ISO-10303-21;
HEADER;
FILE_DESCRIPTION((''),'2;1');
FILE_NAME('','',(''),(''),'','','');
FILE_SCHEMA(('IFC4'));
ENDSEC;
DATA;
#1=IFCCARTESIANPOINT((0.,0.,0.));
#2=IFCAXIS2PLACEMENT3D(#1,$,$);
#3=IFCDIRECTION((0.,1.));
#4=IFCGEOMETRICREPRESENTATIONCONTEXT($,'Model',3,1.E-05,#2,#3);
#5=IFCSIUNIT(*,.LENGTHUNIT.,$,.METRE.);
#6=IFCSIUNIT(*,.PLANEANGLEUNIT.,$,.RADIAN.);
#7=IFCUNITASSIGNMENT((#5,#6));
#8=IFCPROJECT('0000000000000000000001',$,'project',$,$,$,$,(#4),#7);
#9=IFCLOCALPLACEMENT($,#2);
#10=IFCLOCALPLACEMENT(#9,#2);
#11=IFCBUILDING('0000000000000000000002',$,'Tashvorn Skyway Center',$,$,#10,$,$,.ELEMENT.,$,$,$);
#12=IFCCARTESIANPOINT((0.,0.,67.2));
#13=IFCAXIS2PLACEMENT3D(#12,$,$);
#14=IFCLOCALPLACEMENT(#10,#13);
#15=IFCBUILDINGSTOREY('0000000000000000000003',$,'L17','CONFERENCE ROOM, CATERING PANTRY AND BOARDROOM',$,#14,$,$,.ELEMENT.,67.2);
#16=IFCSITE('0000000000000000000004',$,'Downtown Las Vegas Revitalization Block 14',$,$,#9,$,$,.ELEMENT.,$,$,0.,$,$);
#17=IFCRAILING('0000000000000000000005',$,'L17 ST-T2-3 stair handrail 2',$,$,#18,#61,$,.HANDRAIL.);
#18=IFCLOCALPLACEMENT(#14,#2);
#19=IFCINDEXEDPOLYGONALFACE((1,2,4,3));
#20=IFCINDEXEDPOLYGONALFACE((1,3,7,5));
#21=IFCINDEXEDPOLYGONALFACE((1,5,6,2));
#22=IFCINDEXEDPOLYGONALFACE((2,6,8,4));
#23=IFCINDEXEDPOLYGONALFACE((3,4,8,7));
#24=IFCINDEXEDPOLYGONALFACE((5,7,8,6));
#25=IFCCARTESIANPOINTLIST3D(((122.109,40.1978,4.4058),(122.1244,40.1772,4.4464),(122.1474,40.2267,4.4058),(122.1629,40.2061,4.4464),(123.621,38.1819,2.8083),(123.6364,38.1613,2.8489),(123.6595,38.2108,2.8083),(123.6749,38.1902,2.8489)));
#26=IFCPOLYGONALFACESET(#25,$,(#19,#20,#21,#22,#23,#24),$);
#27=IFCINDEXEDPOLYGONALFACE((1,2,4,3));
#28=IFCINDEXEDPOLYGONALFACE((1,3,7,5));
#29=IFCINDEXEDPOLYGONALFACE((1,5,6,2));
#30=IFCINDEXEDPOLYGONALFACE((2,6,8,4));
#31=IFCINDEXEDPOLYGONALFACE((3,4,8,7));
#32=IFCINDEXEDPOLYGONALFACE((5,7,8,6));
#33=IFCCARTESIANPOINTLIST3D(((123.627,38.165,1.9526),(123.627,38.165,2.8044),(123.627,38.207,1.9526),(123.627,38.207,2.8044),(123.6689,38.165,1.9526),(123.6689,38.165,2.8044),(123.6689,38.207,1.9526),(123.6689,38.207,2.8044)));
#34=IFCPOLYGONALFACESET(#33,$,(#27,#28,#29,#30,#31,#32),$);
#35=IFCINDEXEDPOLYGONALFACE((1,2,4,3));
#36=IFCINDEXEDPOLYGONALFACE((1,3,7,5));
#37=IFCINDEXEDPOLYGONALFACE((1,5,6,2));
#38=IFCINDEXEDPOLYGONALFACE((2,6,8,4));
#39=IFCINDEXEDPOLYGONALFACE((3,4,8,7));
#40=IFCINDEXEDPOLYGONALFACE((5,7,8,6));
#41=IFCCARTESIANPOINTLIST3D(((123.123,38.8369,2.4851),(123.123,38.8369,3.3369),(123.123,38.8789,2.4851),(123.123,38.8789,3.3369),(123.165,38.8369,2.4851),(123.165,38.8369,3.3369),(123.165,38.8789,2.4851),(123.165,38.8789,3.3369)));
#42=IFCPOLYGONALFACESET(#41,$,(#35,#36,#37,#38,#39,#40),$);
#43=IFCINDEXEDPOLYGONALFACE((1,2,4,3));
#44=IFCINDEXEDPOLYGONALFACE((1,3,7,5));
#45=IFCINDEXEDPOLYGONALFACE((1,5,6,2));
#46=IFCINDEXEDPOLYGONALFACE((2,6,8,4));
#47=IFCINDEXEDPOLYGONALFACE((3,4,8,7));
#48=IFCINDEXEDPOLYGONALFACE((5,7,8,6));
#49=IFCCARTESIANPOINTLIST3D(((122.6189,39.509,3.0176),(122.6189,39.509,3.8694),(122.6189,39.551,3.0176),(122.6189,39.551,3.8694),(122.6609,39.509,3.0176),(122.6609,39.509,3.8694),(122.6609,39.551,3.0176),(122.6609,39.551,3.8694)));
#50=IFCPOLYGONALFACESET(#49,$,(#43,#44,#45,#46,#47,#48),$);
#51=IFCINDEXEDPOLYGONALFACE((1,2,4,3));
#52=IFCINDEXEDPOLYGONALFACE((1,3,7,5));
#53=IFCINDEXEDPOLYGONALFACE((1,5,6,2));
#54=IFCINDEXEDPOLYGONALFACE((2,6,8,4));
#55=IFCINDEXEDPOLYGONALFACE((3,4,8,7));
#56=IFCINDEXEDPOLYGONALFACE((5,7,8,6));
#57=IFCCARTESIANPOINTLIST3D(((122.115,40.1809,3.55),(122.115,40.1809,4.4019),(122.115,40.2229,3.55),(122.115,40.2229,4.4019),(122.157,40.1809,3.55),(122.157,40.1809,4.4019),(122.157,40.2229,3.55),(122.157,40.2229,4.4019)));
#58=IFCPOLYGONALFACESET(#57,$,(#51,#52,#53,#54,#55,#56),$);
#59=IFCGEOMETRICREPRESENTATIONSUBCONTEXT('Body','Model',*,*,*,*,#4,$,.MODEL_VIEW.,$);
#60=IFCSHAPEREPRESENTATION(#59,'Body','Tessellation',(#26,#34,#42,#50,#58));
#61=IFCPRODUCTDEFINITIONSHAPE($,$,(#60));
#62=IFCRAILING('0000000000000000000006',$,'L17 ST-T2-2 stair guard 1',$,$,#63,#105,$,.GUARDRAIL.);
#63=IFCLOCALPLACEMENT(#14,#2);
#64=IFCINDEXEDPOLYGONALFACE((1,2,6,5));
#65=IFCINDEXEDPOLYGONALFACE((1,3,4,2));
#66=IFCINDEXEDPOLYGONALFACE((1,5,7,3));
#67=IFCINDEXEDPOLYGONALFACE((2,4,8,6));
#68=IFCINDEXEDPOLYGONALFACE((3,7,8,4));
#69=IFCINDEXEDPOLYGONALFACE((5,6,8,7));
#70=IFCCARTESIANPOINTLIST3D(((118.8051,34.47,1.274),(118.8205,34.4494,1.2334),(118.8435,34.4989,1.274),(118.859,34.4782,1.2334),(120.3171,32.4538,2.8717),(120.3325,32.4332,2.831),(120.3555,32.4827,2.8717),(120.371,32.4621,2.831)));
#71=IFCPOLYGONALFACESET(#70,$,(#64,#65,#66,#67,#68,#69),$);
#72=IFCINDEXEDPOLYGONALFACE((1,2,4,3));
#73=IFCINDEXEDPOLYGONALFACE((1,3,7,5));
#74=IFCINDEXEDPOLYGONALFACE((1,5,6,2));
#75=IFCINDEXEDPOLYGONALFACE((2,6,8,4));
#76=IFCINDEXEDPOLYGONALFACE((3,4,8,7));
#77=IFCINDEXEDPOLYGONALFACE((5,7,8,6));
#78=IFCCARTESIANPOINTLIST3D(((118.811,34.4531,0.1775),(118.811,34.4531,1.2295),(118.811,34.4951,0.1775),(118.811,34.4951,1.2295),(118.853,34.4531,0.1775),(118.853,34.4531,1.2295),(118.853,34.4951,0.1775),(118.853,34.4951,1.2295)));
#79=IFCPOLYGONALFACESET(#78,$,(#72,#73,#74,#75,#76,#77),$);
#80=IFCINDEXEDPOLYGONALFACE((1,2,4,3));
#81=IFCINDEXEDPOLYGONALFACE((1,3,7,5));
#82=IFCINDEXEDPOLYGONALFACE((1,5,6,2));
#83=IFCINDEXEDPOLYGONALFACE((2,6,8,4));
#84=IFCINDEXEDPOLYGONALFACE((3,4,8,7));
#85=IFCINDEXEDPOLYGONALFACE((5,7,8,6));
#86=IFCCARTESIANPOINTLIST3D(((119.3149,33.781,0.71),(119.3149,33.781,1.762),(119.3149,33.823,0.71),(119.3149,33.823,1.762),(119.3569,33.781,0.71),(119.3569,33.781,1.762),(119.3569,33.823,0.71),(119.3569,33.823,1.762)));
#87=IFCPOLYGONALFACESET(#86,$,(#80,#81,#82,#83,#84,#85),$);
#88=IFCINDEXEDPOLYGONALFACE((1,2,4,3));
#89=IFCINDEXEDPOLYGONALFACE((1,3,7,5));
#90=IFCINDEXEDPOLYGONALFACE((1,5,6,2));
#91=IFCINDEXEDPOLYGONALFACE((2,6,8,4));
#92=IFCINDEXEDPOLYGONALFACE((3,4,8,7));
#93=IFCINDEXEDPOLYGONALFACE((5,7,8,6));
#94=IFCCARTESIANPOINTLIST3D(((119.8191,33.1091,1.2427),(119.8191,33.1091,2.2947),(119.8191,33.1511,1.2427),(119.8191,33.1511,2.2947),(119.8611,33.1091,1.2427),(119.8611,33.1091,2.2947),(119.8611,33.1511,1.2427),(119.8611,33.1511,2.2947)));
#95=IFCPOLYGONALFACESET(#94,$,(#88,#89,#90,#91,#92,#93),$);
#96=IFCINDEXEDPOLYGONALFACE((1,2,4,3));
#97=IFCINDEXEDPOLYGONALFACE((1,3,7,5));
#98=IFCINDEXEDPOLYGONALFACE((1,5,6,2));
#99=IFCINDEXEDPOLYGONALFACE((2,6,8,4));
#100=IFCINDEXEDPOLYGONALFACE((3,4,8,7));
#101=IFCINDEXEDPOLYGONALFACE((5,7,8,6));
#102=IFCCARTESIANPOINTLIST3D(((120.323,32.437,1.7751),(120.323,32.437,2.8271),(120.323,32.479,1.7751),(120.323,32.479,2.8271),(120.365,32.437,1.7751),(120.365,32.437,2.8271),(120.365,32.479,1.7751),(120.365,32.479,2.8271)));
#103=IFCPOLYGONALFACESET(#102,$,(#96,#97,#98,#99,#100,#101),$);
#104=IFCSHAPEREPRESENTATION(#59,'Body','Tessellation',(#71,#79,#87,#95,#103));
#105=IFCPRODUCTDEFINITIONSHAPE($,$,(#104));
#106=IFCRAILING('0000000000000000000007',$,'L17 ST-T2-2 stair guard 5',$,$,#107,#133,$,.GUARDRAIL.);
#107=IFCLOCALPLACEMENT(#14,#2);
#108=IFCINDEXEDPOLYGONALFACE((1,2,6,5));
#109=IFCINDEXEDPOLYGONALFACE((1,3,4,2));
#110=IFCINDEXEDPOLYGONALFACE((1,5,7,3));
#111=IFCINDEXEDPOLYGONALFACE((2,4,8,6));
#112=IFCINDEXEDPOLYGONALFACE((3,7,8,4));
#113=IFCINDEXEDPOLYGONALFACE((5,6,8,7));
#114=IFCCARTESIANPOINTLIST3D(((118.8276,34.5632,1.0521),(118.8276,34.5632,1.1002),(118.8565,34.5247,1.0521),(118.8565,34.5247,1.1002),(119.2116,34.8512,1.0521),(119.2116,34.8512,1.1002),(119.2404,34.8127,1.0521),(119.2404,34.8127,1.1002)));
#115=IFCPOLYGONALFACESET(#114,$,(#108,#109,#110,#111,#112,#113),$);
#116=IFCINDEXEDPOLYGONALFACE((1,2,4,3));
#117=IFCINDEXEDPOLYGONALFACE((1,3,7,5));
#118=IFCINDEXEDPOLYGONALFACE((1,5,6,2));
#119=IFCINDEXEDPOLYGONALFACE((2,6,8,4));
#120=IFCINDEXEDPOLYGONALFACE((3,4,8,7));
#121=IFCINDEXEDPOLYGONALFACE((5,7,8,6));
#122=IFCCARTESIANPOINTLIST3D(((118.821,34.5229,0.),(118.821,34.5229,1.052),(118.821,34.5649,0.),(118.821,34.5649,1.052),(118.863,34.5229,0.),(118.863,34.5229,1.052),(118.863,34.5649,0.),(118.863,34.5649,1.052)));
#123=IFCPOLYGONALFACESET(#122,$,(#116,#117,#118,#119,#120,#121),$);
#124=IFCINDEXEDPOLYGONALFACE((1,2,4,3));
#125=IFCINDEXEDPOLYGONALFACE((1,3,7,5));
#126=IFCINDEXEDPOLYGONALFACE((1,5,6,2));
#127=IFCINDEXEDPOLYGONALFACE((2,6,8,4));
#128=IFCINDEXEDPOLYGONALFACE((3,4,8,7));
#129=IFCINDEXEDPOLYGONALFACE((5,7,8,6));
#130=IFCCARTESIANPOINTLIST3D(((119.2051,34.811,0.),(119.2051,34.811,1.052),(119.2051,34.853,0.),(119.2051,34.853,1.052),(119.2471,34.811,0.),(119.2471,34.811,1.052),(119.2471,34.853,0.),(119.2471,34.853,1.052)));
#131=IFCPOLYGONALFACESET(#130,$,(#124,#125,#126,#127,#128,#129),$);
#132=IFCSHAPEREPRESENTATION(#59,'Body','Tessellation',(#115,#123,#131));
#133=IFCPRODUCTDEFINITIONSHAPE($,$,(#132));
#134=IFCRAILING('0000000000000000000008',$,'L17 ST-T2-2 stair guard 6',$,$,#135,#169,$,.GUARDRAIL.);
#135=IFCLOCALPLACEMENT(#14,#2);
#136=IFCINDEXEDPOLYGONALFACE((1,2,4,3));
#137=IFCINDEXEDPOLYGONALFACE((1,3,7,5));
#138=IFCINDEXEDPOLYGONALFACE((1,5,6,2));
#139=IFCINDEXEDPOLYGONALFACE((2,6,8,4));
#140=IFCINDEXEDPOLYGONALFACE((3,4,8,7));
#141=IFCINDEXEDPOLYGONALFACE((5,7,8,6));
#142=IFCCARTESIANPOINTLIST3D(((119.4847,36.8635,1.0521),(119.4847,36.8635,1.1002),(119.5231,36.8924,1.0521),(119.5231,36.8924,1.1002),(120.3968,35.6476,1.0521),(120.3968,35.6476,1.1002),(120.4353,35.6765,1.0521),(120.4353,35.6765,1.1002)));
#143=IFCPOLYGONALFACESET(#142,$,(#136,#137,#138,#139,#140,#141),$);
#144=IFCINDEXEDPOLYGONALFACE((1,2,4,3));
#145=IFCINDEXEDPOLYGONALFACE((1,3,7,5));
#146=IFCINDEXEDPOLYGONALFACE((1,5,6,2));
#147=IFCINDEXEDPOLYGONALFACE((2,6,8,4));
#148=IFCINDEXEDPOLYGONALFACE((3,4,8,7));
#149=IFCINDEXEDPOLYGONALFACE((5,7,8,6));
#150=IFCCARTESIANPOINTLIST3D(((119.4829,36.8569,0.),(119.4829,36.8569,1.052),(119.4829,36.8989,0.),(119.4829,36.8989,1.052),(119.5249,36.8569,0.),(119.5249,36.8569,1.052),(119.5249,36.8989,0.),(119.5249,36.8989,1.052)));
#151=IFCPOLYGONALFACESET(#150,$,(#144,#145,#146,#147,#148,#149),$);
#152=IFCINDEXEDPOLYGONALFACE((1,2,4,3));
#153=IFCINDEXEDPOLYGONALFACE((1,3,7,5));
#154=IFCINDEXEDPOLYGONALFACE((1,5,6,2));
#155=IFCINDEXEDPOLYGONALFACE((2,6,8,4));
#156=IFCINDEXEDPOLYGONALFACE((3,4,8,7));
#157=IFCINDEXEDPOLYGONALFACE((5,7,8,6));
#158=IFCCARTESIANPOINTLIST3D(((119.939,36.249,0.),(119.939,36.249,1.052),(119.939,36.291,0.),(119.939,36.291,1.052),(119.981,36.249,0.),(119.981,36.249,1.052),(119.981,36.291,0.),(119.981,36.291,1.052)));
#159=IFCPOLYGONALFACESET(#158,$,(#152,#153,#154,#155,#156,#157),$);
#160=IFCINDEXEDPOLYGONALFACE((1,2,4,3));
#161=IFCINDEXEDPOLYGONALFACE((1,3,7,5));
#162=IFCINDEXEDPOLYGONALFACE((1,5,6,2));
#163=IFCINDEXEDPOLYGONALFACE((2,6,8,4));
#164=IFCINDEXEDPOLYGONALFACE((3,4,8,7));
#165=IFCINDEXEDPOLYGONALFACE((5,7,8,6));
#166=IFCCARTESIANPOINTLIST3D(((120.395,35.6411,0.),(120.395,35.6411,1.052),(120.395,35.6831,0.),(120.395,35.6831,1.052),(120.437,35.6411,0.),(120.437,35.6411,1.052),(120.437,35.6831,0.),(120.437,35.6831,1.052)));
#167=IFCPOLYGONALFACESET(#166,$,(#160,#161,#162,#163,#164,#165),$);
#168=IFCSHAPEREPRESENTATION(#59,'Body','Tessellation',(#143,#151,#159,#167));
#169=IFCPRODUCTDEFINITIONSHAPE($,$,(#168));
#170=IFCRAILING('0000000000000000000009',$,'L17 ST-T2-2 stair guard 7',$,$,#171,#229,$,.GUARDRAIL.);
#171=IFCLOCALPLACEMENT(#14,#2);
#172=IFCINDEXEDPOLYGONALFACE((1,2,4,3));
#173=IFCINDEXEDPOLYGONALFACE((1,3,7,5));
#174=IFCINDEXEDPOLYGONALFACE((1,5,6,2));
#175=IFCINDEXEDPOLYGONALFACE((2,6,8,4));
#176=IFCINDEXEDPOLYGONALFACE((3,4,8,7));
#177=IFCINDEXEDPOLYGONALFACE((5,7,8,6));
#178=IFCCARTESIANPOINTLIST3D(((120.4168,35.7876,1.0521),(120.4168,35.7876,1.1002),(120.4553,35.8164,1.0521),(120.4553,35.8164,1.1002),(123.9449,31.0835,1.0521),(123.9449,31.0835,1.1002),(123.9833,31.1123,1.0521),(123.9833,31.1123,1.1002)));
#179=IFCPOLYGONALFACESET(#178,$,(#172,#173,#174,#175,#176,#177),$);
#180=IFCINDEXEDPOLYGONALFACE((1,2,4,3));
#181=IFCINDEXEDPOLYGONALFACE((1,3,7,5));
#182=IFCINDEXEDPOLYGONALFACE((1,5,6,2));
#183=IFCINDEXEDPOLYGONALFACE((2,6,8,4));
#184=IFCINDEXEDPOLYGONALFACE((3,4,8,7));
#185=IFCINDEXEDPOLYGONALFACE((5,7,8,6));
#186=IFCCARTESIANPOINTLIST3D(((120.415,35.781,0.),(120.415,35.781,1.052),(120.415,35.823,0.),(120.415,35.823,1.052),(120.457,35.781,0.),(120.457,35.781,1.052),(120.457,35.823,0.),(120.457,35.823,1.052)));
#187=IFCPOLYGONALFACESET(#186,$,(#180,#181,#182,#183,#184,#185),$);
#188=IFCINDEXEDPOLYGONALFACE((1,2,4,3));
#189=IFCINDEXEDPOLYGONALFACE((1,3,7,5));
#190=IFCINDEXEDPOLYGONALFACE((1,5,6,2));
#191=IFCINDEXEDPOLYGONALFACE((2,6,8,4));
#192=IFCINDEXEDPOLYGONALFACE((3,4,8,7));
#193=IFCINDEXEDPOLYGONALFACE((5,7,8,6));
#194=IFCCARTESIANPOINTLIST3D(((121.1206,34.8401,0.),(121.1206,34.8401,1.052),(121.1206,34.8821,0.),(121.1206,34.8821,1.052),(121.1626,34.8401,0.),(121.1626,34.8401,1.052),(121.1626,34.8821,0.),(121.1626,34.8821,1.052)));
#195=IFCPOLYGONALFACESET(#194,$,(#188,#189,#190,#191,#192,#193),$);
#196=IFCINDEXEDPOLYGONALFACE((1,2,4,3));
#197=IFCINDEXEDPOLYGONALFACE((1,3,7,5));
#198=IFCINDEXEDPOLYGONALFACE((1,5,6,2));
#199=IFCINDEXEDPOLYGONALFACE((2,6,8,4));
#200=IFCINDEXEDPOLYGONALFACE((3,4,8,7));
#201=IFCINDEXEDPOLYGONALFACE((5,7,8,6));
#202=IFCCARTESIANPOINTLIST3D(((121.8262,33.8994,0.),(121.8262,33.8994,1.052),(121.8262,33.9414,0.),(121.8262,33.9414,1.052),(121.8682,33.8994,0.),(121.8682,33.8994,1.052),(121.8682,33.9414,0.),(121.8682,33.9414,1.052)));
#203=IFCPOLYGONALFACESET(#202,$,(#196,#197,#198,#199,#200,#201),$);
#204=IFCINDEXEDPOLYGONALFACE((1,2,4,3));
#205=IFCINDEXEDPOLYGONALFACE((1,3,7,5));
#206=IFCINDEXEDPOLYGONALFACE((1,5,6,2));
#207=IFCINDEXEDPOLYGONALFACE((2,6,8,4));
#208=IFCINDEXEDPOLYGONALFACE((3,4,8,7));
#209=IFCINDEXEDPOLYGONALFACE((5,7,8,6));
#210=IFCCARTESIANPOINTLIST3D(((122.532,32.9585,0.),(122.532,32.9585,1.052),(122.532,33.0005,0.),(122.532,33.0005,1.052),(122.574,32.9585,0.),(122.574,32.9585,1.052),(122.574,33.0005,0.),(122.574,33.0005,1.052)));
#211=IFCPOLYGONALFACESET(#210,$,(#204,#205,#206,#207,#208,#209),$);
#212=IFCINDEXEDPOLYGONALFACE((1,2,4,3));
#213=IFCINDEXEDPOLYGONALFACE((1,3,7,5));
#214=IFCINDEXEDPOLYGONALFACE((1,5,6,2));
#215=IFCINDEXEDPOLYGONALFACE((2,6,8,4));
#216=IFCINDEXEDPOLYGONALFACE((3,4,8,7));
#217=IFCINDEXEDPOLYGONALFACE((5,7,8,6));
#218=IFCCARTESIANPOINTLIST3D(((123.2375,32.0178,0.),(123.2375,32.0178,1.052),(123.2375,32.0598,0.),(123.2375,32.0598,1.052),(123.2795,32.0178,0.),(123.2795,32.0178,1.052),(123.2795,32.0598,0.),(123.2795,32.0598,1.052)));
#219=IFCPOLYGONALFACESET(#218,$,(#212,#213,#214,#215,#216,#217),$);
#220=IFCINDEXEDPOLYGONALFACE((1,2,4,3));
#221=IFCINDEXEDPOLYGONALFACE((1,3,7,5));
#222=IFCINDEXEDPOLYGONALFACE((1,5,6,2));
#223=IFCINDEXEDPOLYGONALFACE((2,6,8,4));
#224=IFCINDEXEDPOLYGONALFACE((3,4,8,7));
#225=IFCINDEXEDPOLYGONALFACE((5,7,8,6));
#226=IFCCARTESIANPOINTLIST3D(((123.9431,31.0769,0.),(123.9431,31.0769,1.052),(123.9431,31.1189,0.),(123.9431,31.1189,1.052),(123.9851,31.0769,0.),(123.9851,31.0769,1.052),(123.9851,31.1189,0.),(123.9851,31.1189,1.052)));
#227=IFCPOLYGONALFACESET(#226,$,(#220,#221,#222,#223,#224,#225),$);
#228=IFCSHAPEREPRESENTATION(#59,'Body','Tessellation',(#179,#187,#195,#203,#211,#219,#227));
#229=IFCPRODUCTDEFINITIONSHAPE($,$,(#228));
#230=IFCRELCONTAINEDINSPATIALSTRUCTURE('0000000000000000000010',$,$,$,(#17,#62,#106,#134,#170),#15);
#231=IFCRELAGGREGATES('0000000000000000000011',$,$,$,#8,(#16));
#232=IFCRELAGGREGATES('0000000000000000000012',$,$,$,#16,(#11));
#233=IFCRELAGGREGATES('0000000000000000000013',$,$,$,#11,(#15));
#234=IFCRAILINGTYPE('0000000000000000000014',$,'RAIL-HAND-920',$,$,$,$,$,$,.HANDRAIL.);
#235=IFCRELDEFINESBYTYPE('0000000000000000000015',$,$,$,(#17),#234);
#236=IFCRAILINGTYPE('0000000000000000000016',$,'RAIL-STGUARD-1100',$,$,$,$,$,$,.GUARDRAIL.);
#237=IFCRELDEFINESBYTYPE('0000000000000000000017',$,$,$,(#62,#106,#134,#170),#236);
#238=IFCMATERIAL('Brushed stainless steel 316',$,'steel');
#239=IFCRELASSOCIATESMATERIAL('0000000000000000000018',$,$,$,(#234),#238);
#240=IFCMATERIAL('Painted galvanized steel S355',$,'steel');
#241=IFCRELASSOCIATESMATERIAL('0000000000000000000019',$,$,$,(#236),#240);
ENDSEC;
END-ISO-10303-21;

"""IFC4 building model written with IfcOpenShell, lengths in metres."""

from ifc_helpers import new_model, si_unit, direction, frame, origin, origin_2d, place, context, subcontext, project, spatial, rectangle, extrude, material, type_object, element, save


model = new_model("IFC4")

# Units and contexts
model_context = context("Model", 3, precision=1e-05, world=origin(), true_north=direction((0.0, 1.0)))
body_context = subcontext(model_context, "Body", "Model", "MODEL_VIEW")
ifc_project = project(units=[si_unit("LENGTHUNIT", "METRE"), si_unit("PLANEANGLEUNIT", "RADIAN")], contexts=[model_context])

# Site, building, storey
site_placement = place(None, origin())
site = spatial("IfcSite", under=ifc_project, at=site_placement, Name="Downtown Las Vegas Revitalization Block 14", CompositionType="ELEMENT", RefElevation=0.0)
building_placement = place(site_placement, origin())
building = spatial("IfcBuilding", under=site, at=building_placement, Name="Tashvorn Skyway Center", CompositionType="ELEMENT")
storey_placement = place(building_placement, frame((0.0, 0.0, 67.2)))
storey = spatial("IfcBuildingStorey", under=building, at=storey_placement, Name="L17", Description="CONFERENCE ROOM, CATERING PANTRY AND BOARDROOM", CompositionType="ELEMENT", Elevation=67.2)

# Railings
ifc_material_1 = material(Name="Brushed stainless steel 316", Category="steel")
railing_type_1 = type_object("IfcRailingType", Name="RAIL-HAND-920", PredefinedType="HANDRAIL", material=ifc_material_1)
railing_1_placement = place(storey_placement, frame((123.6479, 38.186, 1.9526)))
element("IfcRailing", 1, at=railing_1_placement, inside=storey, type_object=railing_type_1, Name="L17 ST-T2-3 stair handrail 2", PredefinedType="HANDRAIL", context=body_context, shape_type="SweptSolid", body=[
    extrude(rectangle(XDim=0.0481, YDim=0.0481, at=origin_2d()), frame((0.0, 0.0, 0.876), z_axis=(-0.506769, 0.675664, 0.535409), x_axis=(-0.799988, -0.600016, 0.0)), (0.0, 0.0, 1.0), 2.9836),
    extrude(rectangle(XDim=0.042, YDim=0.042, at=origin_2d()), origin(), (0.0, 0.0, 1.0), 0.8518),
    extrude(rectangle(XDim=0.042, YDim=0.042, at=origin_2d()), frame((-0.5039, 0.6719, 0.5325)), (0.0, 0.0, 1.0), 0.8518),
    extrude(rectangle(XDim=0.042, YDim=0.042, at=origin_2d()), frame((-1.0081, 1.344, 1.0649)), (0.0, 0.0, 1.0), 0.8518),
    extrude(rectangle(XDim=0.042, YDim=0.042, at=origin_2d()), frame((-1.512, 2.0159, 1.5974)), (0.0, 0.0, 1.0), 0.8518),
])
ifc_material_2 = material(Name="Painted galvanized steel S355", Category="steel")
railing_type_2 = type_object("IfcRailingType", Name="RAIL-STGUARD-1100", PredefinedType="GUARDRAIL", material=ifc_material_2)
railing_2_placement = place(storey_placement, frame((118.832, 34.4741, 0.1775)))
element("IfcRailing", 2, at=railing_2_placement, inside=storey, type_object=railing_type_2, Name="L17 ST-T2-2 stair guard 1", PredefinedType="GUARDRAIL", context=body_context, shape_type="SweptSolid", body=[
    extrude(rectangle(XDim=0.0481, YDim=0.0481, at=origin_2d()), frame((0.0, 0.0, 1.0762), z_axis=(0.506719, -0.675679, 0.535438), x_axis=(0.800023, 0.599969, 0.0)), (0.0, 0.0, 1.0), 2.9839),
    extrude(rectangle(XDim=0.042, YDim=0.042, at=origin_2d()), origin(), (0.0, 0.0, 1.0), 1.052),
    extrude(rectangle(XDim=0.042, YDim=0.042, at=origin_2d()), frame((0.5039, -0.6721, 0.5325)), (0.0, 0.0, 1.0), 1.052),
    extrude(rectangle(XDim=0.042, YDim=0.042, at=origin_2d()), frame((1.0081, -1.344, 1.0652)), (0.0, 0.0, 1.0), 1.052),
    extrude(rectangle(XDim=0.042, YDim=0.042, at=origin_2d()), frame((1.512, -2.0161, 1.5977)), (0.0, 0.0, 1.0), 1.052),
])
railing_3_placement = place(storey_placement, frame((118.842, 34.5439, 0.0)))
element("IfcRailing", 3, at=railing_3_placement, inside=storey, type_object=railing_type_2, Name="L17 ST-T2-2 stair guard 5", PredefinedType="GUARDRAIL", context=body_context, shape_type="SweptSolid", body=[
    extrude(rectangle(XDim=0.0481, YDim=0.0481, at=origin_2d()), frame((0.0, 0.0, 1.0762), z_axis=(0.799939, 0.600081, 0.0), x_axis=(-0.600081, 0.799939, 0.0)), (0.0, 0.0, 1.0), 0.48),
    extrude(rectangle(XDim=0.042, YDim=0.042, at=origin_2d()), origin(), (0.0, 0.0, 1.0), 1.052),
    extrude(rectangle(XDim=0.042, YDim=0.042, at=origin_2d()), frame((0.384, 0.2881, 0.0)), (0.0, 0.0, 1.0), 1.052),
])
railing_4_placement = place(storey_placement, frame((119.5039, 36.8779, 0.0)))
element("IfcRailing", 4, at=railing_4_placement, inside=storey, type_object=railing_type_2, Name="L17 ST-T2-2 stair guard 6", PredefinedType="GUARDRAIL", context=body_context, shape_type="SweptSolid", body=[
    extrude(rectangle(XDim=0.0481, YDim=0.0481, at=origin_2d()), frame((0.0, 0.0, 1.0762), z_axis=(0.600103, -0.799923, 0.0), x_axis=(0.799923, 0.600103, 0.0)), (0.0, 0.0, 1.0), 1.52),
    extrude(rectangle(XDim=0.042, YDim=0.042, at=origin_2d()), origin(), (0.0, 0.0, 1.0), 1.052),
    extrude(rectangle(XDim=0.042, YDim=0.042, at=origin_2d()), frame((0.4561, -0.6079, 0.0)), (0.0, 0.0, 1.0), 1.052),
    extrude(rectangle(XDim=0.042, YDim=0.042, at=origin_2d()), frame((0.9121, -1.2158, 0.0)), (0.0, 0.0, 1.0), 1.052),
])
railing_5_placement = place(storey_placement, frame((120.436, 35.802, 0.0)))
element("IfcRailing", 5, at=railing_5_placement, inside=storey, type_object=railing_type_2, Name="L17 ST-T2-2 stair guard 7", PredefinedType="GUARDRAIL", context=body_context, shape_type="SweptSolid", body=[
    extrude(rectangle(XDim=0.0481, YDim=0.0481, at=origin_2d()), frame((0.0, 0.0, 1.0762), z_axis=(0.6, -0.8, 0.0), x_axis=(0.8, 0.6, 0.0)), (0.0, 0.0, 1.0), 5.8801),
    extrude(rectangle(XDim=0.042, YDim=0.042, at=origin_2d()), origin(), (0.0, 0.0, 1.0), 1.052),
    extrude(rectangle(XDim=0.042, YDim=0.042, at=origin_2d()), frame((0.7056, -0.9409, 0.0)), (0.0, 0.0, 1.0), 1.052),
    extrude(rectangle(XDim=0.042, YDim=0.042, at=origin_2d()), frame((1.4111, -1.8816, 0.0)), (0.0, 0.0, 1.0), 1.052),
    extrude(rectangle(XDim=0.042, YDim=0.042, at=origin_2d()), frame((2.1169, -2.8225, 0.0)), (0.0, 0.0, 1.0), 1.052),
    extrude(rectangle(XDim=0.042, YDim=0.042, at=origin_2d()), frame((2.8225, -3.7632, 0.0)), (0.0, 0.0, 1.0), 1.052),
    extrude(rectangle(XDim=0.042, YDim=0.042, at=origin_2d()), frame((3.5281, -4.7041, 0.0)), (0.0, 0.0, 1.0), 1.052),
])

save(model, "model.ifc")
